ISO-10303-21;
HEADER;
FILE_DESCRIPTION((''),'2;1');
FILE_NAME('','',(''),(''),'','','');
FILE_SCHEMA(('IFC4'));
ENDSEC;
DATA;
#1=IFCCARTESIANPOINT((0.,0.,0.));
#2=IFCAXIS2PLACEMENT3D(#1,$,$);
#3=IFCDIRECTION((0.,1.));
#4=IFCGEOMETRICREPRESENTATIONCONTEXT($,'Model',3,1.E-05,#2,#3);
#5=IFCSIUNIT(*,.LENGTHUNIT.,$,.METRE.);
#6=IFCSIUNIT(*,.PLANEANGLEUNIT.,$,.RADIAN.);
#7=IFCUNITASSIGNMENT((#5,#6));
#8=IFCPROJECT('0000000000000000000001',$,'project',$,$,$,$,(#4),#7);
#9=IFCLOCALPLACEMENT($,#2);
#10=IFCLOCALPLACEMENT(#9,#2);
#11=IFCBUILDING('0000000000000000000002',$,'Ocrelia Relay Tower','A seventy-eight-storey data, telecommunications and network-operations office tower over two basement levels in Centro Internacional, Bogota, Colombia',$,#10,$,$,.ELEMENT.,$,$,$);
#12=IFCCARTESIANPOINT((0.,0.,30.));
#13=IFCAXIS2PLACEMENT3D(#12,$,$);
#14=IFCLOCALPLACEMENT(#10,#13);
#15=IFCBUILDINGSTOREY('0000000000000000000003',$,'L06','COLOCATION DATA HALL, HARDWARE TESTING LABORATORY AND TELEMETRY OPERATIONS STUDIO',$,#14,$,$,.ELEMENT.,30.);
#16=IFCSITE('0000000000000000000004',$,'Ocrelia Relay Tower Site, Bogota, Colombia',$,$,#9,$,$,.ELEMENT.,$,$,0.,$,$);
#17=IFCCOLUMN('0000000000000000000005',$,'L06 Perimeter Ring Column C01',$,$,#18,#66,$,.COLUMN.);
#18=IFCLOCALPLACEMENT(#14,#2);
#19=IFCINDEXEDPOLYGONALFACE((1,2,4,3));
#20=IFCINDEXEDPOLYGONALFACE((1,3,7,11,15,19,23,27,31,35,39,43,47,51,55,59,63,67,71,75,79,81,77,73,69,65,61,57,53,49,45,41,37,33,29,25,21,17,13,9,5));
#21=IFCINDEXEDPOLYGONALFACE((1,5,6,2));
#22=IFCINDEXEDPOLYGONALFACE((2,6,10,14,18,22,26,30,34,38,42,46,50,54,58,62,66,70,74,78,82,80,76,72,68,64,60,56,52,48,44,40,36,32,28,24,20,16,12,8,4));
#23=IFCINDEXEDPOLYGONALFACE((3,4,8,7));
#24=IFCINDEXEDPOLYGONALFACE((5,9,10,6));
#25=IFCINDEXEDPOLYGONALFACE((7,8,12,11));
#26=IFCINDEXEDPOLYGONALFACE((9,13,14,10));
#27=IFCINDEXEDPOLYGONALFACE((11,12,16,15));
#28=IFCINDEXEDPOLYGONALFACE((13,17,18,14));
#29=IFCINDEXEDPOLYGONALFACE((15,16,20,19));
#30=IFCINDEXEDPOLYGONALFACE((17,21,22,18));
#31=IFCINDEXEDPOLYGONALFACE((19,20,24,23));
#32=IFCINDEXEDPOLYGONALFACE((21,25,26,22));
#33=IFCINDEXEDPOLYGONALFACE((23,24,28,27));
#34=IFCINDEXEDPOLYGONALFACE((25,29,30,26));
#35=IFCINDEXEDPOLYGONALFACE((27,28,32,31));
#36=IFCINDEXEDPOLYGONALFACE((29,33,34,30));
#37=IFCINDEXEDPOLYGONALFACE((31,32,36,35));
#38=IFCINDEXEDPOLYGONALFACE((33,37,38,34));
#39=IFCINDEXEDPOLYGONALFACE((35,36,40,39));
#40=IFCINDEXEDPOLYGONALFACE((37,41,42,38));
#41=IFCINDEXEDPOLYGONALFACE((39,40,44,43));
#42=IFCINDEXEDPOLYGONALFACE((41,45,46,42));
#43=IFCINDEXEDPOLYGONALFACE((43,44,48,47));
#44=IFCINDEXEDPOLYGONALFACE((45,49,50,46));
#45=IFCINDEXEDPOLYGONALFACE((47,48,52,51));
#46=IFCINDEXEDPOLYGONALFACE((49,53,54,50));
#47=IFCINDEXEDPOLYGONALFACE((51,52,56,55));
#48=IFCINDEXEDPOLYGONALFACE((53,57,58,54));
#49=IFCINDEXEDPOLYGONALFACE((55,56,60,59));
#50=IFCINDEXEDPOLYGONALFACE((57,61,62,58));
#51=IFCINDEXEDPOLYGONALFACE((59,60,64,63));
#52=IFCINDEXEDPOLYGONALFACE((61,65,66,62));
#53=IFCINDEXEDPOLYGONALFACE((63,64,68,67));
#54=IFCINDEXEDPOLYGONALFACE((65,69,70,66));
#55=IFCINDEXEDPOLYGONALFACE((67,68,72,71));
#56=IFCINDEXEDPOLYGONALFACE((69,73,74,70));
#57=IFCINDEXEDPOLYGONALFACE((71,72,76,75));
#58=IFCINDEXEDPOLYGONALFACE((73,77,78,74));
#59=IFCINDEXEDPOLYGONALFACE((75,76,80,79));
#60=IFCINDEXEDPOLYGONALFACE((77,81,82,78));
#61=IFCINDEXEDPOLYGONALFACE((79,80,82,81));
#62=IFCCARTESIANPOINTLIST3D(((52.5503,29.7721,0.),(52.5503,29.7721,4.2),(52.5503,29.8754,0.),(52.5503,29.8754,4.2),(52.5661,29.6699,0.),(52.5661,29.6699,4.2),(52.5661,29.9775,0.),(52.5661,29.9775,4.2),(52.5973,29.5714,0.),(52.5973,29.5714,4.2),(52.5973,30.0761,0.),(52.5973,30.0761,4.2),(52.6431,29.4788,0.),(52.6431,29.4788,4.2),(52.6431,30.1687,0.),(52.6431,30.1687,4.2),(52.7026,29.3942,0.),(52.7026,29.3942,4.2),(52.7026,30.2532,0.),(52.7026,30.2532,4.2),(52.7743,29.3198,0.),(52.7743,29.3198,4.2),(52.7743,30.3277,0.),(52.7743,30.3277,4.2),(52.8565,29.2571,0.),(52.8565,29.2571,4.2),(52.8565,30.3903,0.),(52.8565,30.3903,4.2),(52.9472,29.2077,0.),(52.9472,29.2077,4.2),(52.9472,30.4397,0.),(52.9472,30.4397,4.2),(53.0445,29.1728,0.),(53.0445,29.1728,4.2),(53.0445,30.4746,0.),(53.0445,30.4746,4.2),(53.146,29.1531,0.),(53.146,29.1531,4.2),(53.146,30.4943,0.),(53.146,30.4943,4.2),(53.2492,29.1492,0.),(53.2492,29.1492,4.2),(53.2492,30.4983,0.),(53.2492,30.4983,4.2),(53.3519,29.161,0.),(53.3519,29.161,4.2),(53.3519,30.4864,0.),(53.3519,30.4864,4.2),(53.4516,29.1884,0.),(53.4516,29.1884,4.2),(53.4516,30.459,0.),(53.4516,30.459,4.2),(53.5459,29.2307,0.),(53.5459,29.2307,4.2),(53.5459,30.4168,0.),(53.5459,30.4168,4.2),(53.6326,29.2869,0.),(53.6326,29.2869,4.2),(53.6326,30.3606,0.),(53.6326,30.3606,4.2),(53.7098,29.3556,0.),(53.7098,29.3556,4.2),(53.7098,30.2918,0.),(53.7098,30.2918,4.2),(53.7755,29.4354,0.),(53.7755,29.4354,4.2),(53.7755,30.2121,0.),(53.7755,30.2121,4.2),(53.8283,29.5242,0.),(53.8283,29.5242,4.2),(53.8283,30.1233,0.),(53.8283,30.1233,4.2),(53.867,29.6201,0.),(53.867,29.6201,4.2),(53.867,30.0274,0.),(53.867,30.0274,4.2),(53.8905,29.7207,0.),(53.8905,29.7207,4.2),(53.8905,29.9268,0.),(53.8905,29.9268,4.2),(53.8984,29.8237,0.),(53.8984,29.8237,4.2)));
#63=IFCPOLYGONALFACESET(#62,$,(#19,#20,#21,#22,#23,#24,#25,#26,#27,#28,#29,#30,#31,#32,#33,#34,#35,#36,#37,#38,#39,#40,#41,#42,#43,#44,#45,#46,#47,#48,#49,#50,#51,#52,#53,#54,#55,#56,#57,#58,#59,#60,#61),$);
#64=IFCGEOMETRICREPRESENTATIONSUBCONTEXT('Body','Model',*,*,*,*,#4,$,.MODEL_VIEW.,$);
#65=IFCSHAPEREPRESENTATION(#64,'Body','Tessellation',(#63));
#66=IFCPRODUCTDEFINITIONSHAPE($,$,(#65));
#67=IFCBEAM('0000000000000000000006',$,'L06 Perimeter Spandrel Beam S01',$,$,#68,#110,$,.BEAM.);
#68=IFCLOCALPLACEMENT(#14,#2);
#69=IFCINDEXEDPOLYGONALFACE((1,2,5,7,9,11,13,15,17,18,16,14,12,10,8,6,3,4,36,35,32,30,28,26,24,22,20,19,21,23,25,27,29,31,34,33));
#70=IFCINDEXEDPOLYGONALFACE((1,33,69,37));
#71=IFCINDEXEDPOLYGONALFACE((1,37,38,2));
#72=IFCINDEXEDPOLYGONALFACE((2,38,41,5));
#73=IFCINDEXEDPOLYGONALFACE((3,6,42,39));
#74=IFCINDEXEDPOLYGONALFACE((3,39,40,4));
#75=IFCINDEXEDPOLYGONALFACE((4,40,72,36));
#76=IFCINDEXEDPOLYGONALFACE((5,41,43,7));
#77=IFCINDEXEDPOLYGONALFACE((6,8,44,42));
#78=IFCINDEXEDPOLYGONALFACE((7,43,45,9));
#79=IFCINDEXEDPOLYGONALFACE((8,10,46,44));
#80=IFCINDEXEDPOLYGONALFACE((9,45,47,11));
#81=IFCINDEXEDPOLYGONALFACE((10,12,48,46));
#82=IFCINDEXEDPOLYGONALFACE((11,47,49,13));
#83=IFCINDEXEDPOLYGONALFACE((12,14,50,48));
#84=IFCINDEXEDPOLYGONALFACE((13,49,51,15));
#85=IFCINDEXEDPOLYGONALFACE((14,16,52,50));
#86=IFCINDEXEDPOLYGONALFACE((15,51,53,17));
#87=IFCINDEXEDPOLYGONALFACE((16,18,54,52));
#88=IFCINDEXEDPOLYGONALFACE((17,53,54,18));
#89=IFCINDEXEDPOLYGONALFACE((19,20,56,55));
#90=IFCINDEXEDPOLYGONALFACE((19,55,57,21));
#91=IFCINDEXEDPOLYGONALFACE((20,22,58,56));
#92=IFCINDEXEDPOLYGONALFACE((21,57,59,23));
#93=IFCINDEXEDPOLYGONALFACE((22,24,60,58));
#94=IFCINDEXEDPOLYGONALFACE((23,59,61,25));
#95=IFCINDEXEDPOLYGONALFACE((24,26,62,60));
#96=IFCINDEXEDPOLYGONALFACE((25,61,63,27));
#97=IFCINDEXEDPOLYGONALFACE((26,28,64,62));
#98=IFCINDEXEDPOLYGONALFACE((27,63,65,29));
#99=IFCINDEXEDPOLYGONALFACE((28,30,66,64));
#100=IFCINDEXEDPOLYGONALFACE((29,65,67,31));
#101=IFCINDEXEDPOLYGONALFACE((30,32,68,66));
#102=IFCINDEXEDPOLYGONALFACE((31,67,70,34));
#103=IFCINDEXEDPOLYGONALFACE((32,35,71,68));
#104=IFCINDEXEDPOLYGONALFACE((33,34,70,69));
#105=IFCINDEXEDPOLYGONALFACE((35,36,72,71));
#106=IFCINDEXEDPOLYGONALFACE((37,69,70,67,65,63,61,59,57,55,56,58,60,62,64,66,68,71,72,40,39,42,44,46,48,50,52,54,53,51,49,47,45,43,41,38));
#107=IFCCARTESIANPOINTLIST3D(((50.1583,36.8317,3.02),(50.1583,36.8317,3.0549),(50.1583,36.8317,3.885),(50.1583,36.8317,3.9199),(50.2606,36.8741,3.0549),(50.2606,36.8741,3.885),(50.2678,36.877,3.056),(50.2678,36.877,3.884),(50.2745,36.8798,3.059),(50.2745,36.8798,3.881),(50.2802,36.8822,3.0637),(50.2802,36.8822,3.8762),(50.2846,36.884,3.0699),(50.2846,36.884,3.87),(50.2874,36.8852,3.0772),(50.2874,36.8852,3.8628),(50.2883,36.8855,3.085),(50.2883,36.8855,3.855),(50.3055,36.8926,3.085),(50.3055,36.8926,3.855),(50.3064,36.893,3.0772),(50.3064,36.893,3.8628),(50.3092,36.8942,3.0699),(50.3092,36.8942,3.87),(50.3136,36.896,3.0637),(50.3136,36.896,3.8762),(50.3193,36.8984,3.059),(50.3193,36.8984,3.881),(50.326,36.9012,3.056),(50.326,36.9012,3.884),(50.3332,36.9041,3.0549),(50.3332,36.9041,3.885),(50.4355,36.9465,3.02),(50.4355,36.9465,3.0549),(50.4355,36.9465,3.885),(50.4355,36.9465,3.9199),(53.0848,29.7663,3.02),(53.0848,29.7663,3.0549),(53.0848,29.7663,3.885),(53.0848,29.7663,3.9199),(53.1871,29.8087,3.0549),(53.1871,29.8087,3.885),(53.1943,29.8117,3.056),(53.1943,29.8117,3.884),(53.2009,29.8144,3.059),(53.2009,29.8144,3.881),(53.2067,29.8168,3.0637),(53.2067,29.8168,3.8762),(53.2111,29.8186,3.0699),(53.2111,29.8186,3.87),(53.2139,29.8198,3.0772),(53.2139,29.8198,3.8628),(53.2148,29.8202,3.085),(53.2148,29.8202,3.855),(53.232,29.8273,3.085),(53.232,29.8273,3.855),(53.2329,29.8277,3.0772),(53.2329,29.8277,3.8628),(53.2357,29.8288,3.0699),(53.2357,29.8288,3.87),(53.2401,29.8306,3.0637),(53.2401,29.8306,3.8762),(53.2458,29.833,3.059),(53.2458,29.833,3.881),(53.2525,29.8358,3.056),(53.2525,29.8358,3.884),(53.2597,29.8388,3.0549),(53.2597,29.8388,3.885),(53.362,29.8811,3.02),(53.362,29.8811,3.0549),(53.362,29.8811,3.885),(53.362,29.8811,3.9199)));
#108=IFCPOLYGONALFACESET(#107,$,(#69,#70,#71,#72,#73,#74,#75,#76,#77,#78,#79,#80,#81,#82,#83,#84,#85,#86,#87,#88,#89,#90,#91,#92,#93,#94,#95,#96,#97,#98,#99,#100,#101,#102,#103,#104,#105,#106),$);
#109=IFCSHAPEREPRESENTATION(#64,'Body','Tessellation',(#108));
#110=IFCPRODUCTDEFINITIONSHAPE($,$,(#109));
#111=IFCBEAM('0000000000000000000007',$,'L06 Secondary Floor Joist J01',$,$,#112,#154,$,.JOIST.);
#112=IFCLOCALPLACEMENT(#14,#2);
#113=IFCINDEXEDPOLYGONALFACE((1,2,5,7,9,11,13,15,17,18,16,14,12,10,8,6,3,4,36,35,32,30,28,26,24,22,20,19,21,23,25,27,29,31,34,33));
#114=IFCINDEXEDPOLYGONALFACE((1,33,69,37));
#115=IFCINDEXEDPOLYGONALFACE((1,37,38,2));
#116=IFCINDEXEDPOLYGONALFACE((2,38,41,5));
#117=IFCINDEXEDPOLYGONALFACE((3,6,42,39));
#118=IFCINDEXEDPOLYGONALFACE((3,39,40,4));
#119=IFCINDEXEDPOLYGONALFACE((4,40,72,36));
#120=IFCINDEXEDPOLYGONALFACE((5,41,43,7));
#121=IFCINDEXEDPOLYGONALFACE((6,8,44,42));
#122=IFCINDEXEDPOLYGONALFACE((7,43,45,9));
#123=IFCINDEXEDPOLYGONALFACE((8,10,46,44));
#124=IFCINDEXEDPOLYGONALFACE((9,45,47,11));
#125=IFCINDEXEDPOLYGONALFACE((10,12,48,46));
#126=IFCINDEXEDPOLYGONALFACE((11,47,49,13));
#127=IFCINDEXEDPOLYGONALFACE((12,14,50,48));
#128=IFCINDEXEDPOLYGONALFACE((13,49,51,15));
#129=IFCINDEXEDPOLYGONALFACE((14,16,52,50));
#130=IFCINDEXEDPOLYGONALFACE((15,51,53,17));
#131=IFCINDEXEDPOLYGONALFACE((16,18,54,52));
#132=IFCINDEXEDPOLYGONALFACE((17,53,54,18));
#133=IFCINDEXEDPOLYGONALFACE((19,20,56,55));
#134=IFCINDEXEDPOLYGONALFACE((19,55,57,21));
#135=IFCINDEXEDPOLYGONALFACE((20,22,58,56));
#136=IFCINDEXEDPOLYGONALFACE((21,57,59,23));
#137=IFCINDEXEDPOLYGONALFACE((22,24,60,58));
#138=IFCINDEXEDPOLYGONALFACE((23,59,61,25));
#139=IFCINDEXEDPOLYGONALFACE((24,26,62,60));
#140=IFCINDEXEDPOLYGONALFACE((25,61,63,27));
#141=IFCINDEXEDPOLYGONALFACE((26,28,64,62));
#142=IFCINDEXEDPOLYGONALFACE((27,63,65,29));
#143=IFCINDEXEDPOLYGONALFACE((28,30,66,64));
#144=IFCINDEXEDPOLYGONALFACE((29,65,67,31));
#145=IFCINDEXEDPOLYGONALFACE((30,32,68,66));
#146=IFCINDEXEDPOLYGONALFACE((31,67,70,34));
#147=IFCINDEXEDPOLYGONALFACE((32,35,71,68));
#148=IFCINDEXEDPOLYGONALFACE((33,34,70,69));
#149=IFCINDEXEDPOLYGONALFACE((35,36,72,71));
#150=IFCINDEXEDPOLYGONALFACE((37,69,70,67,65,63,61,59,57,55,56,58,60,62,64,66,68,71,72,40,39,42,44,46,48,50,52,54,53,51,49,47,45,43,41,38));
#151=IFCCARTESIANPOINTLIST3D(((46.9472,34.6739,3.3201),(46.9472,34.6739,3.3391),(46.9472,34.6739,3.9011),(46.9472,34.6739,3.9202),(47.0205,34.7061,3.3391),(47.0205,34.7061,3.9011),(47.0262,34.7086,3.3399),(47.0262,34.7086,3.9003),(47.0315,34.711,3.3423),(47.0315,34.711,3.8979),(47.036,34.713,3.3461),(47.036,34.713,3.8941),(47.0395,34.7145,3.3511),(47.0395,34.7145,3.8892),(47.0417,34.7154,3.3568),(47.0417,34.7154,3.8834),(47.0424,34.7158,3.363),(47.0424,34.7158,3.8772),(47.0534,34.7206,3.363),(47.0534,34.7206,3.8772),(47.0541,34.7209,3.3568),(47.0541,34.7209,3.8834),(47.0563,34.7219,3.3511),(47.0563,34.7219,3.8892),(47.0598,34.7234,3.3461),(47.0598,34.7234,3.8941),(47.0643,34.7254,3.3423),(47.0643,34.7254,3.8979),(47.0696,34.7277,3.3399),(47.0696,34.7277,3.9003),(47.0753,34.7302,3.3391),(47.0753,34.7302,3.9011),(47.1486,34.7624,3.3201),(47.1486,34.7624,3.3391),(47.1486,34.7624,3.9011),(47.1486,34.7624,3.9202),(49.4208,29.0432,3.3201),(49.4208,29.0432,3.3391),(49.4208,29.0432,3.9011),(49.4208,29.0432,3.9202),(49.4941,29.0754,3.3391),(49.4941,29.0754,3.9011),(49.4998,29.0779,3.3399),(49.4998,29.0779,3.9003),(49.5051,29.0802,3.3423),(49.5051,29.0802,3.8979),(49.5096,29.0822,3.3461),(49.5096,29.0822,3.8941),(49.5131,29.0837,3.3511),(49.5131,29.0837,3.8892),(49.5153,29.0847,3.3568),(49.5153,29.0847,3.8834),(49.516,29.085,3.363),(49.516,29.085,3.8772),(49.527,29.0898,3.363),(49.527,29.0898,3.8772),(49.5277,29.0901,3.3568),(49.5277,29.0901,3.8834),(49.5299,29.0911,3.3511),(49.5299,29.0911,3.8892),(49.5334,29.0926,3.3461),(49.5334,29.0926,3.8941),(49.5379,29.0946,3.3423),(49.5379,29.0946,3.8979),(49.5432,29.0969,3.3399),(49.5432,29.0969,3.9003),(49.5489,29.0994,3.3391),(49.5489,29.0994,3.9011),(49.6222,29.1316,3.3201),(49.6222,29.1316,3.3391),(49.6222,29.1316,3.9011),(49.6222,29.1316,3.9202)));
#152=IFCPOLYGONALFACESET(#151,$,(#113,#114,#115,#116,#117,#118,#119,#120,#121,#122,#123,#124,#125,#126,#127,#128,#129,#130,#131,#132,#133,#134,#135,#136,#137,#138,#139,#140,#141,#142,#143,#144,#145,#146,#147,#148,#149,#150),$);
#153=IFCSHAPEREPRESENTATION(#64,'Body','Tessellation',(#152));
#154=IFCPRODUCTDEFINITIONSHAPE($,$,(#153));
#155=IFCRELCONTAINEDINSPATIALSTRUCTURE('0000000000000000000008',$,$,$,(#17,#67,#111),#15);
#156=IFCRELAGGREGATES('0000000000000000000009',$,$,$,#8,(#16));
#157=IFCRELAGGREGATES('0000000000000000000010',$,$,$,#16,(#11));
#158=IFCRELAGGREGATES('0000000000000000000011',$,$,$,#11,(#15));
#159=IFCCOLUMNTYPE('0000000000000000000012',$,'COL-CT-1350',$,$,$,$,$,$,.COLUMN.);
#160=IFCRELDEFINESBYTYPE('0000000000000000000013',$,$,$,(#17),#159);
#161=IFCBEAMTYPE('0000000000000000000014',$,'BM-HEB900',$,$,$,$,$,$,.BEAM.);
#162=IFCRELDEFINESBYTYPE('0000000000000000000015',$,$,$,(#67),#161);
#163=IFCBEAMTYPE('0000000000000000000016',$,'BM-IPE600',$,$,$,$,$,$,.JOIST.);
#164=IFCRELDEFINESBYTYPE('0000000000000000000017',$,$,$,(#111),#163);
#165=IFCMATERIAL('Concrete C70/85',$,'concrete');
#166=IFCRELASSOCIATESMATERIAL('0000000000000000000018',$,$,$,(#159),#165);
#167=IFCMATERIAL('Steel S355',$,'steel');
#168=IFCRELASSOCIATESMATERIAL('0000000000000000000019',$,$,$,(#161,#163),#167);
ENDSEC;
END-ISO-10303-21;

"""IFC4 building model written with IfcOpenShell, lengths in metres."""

from ifc_helpers import new_model, si_unit, direction, frame, origin, origin_2d, place, context, subcontext, project, spatial, circle, i_section, extrude, material, material_profile, profile_set, type_object, element, save


model = new_model("IFC4")

# Units and contexts
model_context = context("Model", 3, precision=1e-05, world=origin(), true_north=direction((0.0, 1.0)))
body_context = subcontext(model_context, "Body", "Model", "MODEL_VIEW")
ifc_project = project(units=[si_unit("LENGTHUNIT", "METRE"), si_unit("PLANEANGLEUNIT", "RADIAN")], contexts=[model_context])

# Site, building, storey
site_placement = place(None, origin())
site = spatial("IfcSite", under=ifc_project, at=site_placement, Name="Ocrelia Relay Tower Site, Bogota, Colombia", CompositionType="ELEMENT", RefElevation=0.0)
building_placement = place(site_placement, origin())
building = spatial("IfcBuilding", under=site, at=building_placement, Name="Ocrelia Relay Tower", Description="A seventy-eight-storey data, telecommunications and network-operations office tower over two basement levels in Centro Internacional, Bogota, Colombia", CompositionType="ELEMENT")
storey_placement = place(building_placement, frame((0.0, 0.0, 30.0)))
storey = spatial("IfcBuildingStorey", under=building, at=storey_placement, Name="L06", Description="COLOCATION DATA HALL, HARDWARE TESTING LABORATORY AND TELEMETRY OPERATIONS STUDIO", CompositionType="ELEMENT", Elevation=30.0)

# Column
ifc_material_1 = material(Name="Concrete C70/85", Category="concrete")
ifc_material_profile_1 = material_profile(ifc_material_1, circle(Radius=0.675, at=origin_2d()), Name="RC-CIR-1350")
ifc_profile_set_1 = profile_set([ifc_material_profile_1], Name="Concrete C70/85")
column_type = type_object("IfcColumnType", Name="COL-CT-1350", PredefinedType="COLUMN", material=ifc_profile_set_1)
column_placement = place(storey_placement, frame((53.2234, 29.8237, 0.0), z_axis=(0.0, 0.0, 1.0), x_axis=(1.0, 0.0, 0.0)))
element("IfcColumn", 1, at=column_placement, inside=storey, type_object=column_type, Name="L06 Perimeter Ring Column C01", PredefinedType="COLUMN", context=body_context, shape_type="SweptSolid", body=[
    extrude(circle(Radius=0.675, at=origin_2d()), origin(), (0.0, 0.0, 1.0), 4.2),
])

# Beams
ifc_material_2 = material(Name="Steel S355", Category="steel")
ifc_material_profile_2 = material_profile(ifc_material_2, i_section(OverallWidth=0.3, OverallDepth=0.8999, WebThickness=0.0186, FlangeThickness=0.0349, FilletRadius=0.03, at=origin_2d()), Name="HEB 900")
ifc_profile_set_2 = profile_set([ifc_material_profile_2], Name="Steel S355")
beam_type_1 = type_object("IfcBeamType", Name="BM-HEB900", PredefinedType="BEAM", material=ifc_profile_set_2)
beam_1_placement = place(storey_placement, frame((53.2234, 29.8237, 3.47), z_axis=(-0.382674, 0.923883, 0.0), x_axis=(-0.923883, -0.382674, 0.0)))
element("IfcBeam", 2, at=beam_1_placement, inside=storey, type_object=beam_type_1, Name="L06 Perimeter Spandrel Beam S01", PredefinedType="BEAM", context=body_context, shape_type="SweptSolid", body=[
    extrude(i_section(OverallWidth=0.3, OverallDepth=0.8999, WebThickness=0.0186, FlangeThickness=0.0349, FilletRadius=0.03, at=origin_2d()), origin(), (0.0, 0.0, 1.0), 7.6475),
])
ifc_material_profile_3 = material_profile(ifc_material_2, i_section(OverallWidth=0.22, OverallDepth=0.6001, WebThickness=0.012, FlangeThickness=0.019, FilletRadius=0.0239, at=origin_2d()), Name="IPE 600")
ifc_profile_set_3 = profile_set([ifc_material_profile_3], Name="Steel S355")
beam_type_2 = type_object("IfcBeamType", Name="BM-IPE600", PredefinedType="JOIST", material=ifc_profile_set_3)
beam_2_placement = place(storey_placement, frame((49.5215, 29.0874, 3.6201), z_axis=(-0.402201, 0.915551, 0.0), x_axis=(-0.915551, -0.402201, 0.0)))
element("IfcBeam", 3, at=beam_2_placement, inside=storey, type_object=beam_type_2, Name="L06 Secondary Floor Joist J01", PredefinedType="JOIST", context=body_context, shape_type="SweptSolid", body=[
    extrude(i_section(OverallWidth=0.22, OverallDepth=0.6001, WebThickness=0.012, FlangeThickness=0.019, FilletRadius=0.0239, at=origin_2d()), origin(), (0.0, 0.0, 1.0), 6.1501),
])

save(model, "model.ifc")
